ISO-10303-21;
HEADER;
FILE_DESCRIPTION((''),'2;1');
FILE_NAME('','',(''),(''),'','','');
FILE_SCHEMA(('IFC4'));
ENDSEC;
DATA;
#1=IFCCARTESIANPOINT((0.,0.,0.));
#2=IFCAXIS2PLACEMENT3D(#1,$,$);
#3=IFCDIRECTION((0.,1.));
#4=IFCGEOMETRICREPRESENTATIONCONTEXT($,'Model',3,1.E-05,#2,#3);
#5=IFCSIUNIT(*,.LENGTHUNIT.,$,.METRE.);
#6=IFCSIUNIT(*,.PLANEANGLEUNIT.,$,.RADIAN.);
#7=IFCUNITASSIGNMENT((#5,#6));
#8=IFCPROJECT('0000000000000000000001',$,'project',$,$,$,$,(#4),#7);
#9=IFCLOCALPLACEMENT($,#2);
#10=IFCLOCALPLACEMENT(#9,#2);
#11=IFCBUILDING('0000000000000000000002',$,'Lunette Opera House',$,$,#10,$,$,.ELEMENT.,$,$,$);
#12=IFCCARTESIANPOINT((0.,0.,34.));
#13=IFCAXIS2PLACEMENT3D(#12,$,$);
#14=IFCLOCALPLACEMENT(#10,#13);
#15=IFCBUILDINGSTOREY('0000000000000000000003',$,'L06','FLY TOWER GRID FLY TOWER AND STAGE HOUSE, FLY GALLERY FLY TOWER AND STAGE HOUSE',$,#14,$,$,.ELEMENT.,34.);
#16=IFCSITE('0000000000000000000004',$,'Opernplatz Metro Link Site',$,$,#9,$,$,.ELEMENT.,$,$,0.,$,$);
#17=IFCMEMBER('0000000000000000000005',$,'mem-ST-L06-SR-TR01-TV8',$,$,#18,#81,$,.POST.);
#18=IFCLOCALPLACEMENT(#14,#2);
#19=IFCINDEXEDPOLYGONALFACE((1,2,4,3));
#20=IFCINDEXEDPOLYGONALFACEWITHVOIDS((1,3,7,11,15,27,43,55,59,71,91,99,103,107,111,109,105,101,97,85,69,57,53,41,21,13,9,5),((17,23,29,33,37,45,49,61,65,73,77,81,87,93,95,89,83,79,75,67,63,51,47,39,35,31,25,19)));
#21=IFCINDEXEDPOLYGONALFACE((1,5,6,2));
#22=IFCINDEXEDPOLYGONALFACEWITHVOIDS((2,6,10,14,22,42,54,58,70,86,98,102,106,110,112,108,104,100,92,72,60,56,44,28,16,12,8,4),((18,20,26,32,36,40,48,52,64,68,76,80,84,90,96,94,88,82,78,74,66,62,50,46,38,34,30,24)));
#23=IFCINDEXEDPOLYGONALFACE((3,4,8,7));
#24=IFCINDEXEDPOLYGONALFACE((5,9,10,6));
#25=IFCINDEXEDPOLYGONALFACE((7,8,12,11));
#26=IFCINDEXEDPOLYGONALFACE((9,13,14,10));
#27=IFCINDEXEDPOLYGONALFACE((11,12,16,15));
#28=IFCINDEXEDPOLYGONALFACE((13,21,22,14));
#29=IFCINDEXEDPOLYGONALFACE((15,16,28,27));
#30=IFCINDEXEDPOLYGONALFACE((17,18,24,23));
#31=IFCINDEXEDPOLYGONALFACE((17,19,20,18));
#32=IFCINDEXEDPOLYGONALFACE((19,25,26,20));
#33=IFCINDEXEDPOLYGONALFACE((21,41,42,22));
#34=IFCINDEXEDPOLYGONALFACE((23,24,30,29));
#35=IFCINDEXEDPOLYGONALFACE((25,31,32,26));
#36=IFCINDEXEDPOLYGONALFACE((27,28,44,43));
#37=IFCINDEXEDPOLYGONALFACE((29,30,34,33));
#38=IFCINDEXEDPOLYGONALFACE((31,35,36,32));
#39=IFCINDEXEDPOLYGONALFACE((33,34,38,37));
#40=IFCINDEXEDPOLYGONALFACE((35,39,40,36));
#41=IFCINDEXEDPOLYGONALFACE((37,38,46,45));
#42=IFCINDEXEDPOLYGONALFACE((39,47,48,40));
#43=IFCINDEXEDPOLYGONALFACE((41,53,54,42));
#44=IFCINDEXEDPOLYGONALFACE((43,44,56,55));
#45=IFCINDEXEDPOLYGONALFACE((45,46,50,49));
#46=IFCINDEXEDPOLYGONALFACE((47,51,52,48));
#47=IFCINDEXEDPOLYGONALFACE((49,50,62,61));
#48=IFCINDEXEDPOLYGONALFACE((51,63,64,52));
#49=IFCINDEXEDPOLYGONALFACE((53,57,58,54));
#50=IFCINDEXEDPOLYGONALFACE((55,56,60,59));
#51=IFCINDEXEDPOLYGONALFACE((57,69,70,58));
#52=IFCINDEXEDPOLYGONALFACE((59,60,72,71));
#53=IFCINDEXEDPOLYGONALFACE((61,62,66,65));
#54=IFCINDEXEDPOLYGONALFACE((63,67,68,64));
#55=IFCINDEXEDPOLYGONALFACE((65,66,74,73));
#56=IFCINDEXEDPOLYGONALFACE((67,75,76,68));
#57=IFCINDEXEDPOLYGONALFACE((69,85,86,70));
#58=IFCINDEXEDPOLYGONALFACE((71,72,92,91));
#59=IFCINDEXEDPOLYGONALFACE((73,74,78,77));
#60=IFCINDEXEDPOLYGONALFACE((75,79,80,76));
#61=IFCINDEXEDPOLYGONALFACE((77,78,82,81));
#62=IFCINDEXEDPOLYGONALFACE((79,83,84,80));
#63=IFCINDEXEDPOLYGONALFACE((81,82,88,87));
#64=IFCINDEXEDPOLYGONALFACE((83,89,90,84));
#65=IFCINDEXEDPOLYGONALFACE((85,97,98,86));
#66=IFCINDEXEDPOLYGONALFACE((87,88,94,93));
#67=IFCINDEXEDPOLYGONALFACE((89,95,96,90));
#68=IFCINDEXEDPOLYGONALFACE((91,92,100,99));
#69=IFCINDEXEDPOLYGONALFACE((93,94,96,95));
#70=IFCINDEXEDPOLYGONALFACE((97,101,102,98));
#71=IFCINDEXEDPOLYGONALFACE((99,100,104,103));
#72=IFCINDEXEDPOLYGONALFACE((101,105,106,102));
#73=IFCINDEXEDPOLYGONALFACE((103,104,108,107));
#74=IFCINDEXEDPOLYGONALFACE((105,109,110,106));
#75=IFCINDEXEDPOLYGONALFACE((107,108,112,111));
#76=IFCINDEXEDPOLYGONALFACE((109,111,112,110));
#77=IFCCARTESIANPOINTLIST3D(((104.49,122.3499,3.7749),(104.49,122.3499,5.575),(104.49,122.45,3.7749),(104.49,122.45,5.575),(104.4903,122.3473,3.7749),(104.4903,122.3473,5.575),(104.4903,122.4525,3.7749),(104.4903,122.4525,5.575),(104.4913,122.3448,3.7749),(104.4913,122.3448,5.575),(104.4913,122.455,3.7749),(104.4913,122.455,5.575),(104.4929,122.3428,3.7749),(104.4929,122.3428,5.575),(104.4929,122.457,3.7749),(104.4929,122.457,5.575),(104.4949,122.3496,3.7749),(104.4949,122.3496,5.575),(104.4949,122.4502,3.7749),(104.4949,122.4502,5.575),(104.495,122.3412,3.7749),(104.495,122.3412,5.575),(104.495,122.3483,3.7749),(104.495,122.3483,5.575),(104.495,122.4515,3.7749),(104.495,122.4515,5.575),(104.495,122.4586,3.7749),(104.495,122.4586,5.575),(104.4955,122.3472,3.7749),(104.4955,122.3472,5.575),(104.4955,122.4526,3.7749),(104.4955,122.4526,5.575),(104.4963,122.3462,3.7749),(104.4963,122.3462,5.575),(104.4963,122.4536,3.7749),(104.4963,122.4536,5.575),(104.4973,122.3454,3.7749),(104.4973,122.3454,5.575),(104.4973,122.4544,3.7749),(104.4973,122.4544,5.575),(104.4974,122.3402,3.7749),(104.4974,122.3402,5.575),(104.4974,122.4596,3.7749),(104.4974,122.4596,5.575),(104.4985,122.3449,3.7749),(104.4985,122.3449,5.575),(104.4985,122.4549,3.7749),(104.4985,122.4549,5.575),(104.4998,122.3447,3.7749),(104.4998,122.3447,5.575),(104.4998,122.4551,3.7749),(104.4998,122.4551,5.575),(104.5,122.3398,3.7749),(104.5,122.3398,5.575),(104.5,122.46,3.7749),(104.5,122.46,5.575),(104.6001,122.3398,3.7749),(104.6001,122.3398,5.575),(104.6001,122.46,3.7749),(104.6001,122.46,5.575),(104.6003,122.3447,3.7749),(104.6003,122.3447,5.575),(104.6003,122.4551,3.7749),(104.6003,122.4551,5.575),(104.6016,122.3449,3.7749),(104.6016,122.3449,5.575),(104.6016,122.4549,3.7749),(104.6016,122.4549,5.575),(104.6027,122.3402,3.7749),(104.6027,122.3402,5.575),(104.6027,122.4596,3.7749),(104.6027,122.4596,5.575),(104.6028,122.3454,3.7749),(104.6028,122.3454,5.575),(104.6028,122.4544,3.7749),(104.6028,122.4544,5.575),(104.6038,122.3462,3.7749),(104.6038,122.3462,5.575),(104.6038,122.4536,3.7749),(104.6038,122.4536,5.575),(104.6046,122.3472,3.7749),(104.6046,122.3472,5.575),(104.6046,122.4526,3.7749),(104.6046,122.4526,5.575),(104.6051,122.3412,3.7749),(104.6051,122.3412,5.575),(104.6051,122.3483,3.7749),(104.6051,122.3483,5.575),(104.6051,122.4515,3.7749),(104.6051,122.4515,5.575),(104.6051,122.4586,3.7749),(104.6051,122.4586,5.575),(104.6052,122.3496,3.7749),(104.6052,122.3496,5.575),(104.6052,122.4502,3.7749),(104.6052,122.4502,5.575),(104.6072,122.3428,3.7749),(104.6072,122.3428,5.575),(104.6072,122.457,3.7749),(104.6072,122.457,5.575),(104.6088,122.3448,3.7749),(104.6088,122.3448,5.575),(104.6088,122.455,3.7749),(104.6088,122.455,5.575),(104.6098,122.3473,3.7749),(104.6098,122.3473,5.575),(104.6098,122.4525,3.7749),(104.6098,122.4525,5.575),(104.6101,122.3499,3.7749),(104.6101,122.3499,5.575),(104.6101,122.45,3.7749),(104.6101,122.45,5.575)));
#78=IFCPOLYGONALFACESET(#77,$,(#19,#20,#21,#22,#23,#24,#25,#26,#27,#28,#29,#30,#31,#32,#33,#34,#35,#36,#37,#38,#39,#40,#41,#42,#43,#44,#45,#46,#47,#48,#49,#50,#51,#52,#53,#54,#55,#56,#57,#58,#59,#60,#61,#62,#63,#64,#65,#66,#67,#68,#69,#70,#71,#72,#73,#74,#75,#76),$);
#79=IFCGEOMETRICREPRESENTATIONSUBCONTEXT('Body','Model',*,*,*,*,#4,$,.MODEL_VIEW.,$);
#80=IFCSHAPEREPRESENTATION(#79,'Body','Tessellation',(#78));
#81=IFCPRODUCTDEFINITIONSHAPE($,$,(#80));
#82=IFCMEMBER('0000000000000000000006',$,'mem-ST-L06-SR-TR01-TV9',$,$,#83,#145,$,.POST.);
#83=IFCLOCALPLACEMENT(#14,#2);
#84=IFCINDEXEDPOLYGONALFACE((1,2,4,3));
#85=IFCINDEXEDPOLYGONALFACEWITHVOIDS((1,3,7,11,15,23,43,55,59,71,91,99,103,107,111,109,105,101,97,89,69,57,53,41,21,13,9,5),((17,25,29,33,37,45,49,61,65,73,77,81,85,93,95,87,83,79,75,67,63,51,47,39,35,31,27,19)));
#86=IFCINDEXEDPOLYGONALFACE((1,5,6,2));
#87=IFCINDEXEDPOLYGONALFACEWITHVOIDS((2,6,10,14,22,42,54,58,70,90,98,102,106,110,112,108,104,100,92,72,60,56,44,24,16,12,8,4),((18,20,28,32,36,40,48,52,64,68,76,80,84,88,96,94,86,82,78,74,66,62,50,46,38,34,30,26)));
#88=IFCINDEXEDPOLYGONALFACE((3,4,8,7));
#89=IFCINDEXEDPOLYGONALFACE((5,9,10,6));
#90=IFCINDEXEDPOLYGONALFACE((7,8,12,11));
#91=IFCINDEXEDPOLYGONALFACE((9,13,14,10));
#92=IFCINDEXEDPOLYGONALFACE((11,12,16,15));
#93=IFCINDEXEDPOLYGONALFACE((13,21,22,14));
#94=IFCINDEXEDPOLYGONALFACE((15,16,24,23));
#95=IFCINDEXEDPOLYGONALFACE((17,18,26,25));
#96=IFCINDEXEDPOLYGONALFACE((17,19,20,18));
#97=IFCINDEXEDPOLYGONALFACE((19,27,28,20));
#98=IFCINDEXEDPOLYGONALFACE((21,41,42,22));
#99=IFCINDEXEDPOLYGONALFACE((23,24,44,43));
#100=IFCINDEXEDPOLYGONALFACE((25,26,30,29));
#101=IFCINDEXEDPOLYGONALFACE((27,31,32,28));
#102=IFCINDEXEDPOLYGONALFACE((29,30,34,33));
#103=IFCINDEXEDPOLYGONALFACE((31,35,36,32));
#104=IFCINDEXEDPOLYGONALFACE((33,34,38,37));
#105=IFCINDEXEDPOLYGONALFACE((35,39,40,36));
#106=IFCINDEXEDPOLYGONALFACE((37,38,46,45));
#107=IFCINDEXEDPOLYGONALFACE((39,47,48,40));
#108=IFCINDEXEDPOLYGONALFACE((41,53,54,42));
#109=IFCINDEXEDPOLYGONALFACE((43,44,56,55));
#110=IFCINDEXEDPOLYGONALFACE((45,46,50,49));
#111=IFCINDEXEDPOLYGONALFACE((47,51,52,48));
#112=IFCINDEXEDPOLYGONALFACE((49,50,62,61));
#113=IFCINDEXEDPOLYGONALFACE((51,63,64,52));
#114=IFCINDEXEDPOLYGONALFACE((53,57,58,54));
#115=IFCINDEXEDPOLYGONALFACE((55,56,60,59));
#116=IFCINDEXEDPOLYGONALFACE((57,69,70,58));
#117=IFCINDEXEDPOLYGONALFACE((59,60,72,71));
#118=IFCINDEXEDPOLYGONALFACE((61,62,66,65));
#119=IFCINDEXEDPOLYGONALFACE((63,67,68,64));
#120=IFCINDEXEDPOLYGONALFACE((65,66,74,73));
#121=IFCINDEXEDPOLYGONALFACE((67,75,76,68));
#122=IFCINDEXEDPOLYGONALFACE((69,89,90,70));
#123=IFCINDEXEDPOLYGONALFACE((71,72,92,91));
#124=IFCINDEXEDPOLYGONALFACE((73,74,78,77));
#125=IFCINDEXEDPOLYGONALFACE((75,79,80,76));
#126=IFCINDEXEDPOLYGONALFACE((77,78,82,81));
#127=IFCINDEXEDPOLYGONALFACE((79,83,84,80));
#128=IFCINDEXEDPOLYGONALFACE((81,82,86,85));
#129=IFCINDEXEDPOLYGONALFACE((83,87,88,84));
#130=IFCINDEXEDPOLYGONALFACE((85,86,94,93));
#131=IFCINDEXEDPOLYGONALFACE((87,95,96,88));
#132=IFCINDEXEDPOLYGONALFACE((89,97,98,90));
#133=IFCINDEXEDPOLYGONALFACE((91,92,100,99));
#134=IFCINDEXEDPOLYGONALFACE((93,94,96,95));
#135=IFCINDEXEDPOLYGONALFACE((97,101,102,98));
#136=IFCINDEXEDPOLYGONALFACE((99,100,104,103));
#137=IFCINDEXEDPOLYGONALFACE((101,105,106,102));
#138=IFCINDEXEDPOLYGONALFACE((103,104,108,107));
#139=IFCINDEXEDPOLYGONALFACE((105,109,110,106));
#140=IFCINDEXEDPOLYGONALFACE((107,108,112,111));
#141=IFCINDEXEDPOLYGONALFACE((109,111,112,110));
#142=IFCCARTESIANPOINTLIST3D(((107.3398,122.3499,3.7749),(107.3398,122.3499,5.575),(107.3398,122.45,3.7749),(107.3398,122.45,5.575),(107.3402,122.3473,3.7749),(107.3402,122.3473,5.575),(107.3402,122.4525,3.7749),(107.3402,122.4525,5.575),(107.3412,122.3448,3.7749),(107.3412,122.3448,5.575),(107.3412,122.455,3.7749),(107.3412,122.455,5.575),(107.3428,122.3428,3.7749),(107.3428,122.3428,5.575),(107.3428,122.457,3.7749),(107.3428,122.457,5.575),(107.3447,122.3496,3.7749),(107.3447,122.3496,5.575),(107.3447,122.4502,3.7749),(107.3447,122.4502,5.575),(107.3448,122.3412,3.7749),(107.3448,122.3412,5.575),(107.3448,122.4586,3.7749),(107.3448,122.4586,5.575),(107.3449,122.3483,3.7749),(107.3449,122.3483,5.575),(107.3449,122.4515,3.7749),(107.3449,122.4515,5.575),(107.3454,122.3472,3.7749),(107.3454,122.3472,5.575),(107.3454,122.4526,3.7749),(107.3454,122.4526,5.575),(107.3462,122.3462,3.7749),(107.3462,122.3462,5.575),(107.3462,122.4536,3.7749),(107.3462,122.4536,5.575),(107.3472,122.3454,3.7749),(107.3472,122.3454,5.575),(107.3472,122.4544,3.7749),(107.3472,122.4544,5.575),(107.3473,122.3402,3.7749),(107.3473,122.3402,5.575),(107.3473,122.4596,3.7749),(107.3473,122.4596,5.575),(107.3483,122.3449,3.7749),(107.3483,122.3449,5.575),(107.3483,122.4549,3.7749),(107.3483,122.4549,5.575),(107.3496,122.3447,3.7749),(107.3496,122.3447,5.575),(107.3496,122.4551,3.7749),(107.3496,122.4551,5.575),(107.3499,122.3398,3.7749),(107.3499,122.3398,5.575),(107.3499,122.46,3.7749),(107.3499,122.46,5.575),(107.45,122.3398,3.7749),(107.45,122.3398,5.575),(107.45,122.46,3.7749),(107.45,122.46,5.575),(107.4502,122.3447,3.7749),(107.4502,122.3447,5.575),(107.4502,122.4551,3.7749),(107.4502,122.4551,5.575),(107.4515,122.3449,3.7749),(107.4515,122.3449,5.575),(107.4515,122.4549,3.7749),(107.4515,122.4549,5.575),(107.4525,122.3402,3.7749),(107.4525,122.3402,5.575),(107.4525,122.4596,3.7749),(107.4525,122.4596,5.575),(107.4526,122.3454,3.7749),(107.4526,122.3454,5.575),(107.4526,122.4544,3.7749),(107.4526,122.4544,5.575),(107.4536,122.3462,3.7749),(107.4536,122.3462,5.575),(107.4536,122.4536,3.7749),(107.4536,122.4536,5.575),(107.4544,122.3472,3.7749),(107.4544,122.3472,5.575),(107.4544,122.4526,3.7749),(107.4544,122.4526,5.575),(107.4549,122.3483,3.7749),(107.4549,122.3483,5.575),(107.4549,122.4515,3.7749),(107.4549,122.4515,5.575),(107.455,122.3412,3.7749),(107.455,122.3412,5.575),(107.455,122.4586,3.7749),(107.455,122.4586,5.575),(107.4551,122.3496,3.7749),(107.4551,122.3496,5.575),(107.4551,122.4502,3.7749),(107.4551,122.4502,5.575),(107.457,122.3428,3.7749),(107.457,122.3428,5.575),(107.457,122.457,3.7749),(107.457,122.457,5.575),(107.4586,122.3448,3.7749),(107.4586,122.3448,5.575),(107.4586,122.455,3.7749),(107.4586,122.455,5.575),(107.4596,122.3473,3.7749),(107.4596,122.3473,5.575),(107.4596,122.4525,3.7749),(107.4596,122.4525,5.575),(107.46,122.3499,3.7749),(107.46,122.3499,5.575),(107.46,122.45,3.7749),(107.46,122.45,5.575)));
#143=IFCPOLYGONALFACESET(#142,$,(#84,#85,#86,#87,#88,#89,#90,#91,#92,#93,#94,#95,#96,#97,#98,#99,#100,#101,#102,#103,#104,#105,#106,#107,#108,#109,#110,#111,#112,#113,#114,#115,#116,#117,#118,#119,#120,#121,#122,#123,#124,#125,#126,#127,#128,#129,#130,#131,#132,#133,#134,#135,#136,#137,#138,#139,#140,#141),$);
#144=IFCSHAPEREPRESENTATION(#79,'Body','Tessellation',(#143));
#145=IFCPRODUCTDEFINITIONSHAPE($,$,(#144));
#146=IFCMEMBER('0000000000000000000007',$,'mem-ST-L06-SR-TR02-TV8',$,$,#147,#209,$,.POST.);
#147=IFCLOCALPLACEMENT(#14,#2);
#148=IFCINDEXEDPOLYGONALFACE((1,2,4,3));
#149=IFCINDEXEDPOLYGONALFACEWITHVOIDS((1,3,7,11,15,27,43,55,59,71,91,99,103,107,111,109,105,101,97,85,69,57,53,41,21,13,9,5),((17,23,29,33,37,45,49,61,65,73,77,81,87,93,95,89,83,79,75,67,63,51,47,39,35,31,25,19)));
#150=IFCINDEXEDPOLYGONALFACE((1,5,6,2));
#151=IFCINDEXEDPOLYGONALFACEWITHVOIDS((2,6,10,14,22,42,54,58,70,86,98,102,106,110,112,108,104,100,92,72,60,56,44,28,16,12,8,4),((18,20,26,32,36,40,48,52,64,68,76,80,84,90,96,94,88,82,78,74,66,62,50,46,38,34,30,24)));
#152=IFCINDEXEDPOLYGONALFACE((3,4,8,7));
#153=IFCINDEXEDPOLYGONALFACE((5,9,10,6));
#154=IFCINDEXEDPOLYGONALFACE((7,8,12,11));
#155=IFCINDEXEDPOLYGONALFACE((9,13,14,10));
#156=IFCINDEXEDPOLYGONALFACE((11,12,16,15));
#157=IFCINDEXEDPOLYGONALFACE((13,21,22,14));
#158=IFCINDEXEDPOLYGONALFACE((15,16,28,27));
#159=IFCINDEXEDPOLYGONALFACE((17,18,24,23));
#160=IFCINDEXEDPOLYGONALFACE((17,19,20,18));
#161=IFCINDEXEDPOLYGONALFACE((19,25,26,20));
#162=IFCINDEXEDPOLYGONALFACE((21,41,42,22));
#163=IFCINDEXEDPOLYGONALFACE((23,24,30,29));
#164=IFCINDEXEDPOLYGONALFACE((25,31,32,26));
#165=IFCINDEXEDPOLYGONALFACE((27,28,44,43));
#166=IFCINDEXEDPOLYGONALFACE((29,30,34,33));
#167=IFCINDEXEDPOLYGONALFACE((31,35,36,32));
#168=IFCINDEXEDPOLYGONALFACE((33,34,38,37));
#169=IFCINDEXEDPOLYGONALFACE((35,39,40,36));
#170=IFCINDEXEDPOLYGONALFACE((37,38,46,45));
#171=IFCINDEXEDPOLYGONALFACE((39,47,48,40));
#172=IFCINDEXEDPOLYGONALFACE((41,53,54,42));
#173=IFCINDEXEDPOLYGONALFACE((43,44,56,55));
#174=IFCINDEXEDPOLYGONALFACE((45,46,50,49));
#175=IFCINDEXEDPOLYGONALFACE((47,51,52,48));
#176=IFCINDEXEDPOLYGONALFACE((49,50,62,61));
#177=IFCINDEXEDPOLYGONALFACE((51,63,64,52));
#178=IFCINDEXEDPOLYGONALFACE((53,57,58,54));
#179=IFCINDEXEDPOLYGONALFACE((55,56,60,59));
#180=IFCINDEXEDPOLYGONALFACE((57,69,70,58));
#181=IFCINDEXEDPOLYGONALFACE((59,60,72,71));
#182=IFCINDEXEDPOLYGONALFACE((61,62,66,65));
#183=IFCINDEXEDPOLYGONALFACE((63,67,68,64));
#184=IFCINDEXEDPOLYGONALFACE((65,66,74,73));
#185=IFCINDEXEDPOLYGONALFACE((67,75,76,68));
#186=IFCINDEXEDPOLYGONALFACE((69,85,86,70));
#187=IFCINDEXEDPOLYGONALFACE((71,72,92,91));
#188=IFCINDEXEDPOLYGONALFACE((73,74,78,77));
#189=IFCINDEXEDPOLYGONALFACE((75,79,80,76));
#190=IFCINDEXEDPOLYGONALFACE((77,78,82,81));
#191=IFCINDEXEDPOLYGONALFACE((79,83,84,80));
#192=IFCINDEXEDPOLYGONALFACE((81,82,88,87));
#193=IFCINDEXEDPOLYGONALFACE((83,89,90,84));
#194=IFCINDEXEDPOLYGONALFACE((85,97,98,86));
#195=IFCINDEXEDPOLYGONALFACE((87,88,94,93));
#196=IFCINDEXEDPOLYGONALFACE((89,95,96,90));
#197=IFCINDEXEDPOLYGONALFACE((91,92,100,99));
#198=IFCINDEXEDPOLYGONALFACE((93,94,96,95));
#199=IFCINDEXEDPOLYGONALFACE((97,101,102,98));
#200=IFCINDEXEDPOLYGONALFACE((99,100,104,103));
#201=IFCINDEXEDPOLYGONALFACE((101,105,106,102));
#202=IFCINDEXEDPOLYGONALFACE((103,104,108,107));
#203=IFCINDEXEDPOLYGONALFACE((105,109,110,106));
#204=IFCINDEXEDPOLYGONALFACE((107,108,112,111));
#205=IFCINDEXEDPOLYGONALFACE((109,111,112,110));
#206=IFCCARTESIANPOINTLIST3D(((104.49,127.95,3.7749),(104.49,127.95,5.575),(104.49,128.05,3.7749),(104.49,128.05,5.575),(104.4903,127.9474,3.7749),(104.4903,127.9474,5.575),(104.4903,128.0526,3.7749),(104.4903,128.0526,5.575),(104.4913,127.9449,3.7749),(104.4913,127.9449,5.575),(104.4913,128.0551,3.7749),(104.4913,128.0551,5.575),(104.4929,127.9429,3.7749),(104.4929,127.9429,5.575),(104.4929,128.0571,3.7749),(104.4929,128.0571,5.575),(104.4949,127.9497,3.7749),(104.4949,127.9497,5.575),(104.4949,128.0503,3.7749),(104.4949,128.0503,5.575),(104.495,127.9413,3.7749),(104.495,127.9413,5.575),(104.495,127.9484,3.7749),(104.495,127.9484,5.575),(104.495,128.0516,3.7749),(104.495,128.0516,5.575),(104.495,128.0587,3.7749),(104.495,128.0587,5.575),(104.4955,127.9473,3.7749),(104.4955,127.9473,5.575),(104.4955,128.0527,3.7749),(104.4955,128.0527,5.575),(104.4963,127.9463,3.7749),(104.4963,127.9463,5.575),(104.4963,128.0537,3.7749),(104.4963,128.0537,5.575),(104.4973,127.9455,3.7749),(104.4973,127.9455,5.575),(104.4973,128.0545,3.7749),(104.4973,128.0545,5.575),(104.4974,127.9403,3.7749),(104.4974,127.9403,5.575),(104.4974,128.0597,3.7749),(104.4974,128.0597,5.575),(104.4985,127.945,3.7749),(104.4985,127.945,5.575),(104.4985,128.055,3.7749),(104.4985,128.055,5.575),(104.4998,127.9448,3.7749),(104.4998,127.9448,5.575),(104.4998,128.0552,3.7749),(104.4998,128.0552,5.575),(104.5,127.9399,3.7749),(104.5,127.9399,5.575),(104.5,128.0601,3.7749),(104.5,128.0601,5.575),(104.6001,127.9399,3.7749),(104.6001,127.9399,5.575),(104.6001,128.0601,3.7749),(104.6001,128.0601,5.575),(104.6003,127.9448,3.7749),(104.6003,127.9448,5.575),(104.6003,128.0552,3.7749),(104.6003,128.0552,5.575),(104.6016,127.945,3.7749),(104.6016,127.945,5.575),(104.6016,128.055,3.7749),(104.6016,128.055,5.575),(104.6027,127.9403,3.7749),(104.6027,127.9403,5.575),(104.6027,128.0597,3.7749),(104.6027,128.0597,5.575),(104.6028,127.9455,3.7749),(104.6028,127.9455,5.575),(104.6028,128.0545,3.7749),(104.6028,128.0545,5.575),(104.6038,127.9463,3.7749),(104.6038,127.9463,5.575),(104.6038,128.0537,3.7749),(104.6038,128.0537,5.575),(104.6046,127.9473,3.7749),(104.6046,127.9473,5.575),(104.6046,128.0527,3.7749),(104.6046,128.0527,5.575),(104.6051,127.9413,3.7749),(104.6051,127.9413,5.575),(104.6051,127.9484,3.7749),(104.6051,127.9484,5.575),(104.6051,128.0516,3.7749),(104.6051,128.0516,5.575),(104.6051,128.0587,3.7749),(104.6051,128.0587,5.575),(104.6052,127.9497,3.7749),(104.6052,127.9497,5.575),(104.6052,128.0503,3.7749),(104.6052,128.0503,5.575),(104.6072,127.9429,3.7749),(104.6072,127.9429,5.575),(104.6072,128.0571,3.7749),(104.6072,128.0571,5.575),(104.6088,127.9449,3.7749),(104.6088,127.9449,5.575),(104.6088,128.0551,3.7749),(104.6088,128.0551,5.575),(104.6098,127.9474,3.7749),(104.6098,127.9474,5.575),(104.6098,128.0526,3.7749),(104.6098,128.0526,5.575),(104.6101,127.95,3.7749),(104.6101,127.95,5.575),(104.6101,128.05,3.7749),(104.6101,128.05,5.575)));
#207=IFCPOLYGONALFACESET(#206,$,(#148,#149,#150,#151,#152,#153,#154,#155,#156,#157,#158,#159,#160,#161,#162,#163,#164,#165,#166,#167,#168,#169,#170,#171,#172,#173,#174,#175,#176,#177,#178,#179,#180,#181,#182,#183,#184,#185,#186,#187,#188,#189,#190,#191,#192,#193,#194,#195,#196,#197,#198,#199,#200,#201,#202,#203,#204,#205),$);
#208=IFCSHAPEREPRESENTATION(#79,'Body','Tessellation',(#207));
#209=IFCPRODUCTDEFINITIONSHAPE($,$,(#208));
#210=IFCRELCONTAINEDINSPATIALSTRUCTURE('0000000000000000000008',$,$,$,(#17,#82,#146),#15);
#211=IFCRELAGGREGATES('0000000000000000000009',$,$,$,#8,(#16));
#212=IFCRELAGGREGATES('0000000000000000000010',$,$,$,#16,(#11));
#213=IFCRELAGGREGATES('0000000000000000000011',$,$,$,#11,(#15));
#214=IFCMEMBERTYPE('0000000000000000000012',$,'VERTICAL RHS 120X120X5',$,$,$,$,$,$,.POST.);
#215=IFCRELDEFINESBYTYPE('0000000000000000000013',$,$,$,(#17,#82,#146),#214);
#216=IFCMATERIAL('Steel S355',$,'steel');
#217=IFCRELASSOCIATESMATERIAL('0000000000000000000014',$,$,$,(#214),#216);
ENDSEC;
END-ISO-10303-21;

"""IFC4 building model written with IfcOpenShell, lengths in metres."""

from ifc_helpers import new_model, si_unit, direction, frame, origin, origin_2d, place, context, subcontext, project, spatial, hollow_rectangle, extrude, material, material_profile, profile_set, type_object, element, save


model = new_model("IFC4")

# Units and contexts
model_context = context("Model", 3, precision=1e-05, world=origin(), true_north=direction((0.0, 1.0)))
body_context = subcontext(model_context, "Body", "Model", "MODEL_VIEW")
ifc_project = project(units=[si_unit("LENGTHUNIT", "METRE"), si_unit("PLANEANGLEUNIT", "RADIAN")], contexts=[model_context])

# Site, building, storey
site_placement = place(None, origin())
site = spatial("IfcSite", under=ifc_project, at=site_placement, Name="Opernplatz Metro Link Site", CompositionType="ELEMENT", RefElevation=0.0)
building_placement = place(site_placement, origin())
building = spatial("IfcBuilding", under=site, at=building_placement, Name="Lunette Opera House", CompositionType="ELEMENT")
storey_placement = place(building_placement, frame((0.0, 0.0, 34.0)))
storey = spatial("IfcBuildingStorey", under=building, at=storey_placement, Name="L06", Description="FLY TOWER GRID FLY TOWER AND STAGE HOUSE, FLY GALLERY FLY TOWER AND STAGE HOUSE", CompositionType="ELEMENT", Elevation=34.0)

# Members
ifc_material_1 = material(Name="Steel S355", Category="steel")
ifc_material_profile_1 = material_profile(ifc_material_1, hollow_rectangle(XDim=0.1201, YDim=0.1201, WallThickness=0.0049, InnerFilletRadius=0.0049, OuterFilletRadius=0.01, at=origin_2d()), Name="RHS 120X120X5")
ifc_profile_set_1 = profile_set([ifc_material_profile_1], Name="Steel S355")
member_type_1 = type_object("IfcMemberType", Name="VERTICAL RHS 120X120X5", PredefinedType="POST", material=ifc_profile_set_1)
for number, where, z_axis, x_axis, name in (
    (1, (104.55, 122.3999, 3.7749), (0.0, 0.0, 1.0), (1.0, 0.0, 0.0), "mem-ST-L06-SR-TR01-TV8"),
    (2, (107.3999, 122.3999, 3.7749), (0.0, 0.0, 1.0), (1.0, 0.0, 0.0), "mem-ST-L06-SR-TR01-TV9"),
    (3, (104.55, 128.0, 3.7749), (0.0, 0.0, 1.0), (1.0, 0.0, 0.0), "mem-ST-L06-SR-TR02-TV8"),
):
    element("IfcMember", number, at=place(storey_placement, frame(where, z_axis=z_axis, x_axis=x_axis)), inside=storey, type_object=member_type_1, Name=name, PredefinedType="POST", context=body_context, shape_type="SweptSolid", body=[
        extrude(hollow_rectangle(XDim=0.1201, YDim=0.1201, WallThickness=0.0049, InnerFilletRadius=0.0049, OuterFilletRadius=0.01, at=origin_2d()), origin(), (0.0, 0.0, 1.0), 1.8),
    ])

save(model, "model.ifc")
